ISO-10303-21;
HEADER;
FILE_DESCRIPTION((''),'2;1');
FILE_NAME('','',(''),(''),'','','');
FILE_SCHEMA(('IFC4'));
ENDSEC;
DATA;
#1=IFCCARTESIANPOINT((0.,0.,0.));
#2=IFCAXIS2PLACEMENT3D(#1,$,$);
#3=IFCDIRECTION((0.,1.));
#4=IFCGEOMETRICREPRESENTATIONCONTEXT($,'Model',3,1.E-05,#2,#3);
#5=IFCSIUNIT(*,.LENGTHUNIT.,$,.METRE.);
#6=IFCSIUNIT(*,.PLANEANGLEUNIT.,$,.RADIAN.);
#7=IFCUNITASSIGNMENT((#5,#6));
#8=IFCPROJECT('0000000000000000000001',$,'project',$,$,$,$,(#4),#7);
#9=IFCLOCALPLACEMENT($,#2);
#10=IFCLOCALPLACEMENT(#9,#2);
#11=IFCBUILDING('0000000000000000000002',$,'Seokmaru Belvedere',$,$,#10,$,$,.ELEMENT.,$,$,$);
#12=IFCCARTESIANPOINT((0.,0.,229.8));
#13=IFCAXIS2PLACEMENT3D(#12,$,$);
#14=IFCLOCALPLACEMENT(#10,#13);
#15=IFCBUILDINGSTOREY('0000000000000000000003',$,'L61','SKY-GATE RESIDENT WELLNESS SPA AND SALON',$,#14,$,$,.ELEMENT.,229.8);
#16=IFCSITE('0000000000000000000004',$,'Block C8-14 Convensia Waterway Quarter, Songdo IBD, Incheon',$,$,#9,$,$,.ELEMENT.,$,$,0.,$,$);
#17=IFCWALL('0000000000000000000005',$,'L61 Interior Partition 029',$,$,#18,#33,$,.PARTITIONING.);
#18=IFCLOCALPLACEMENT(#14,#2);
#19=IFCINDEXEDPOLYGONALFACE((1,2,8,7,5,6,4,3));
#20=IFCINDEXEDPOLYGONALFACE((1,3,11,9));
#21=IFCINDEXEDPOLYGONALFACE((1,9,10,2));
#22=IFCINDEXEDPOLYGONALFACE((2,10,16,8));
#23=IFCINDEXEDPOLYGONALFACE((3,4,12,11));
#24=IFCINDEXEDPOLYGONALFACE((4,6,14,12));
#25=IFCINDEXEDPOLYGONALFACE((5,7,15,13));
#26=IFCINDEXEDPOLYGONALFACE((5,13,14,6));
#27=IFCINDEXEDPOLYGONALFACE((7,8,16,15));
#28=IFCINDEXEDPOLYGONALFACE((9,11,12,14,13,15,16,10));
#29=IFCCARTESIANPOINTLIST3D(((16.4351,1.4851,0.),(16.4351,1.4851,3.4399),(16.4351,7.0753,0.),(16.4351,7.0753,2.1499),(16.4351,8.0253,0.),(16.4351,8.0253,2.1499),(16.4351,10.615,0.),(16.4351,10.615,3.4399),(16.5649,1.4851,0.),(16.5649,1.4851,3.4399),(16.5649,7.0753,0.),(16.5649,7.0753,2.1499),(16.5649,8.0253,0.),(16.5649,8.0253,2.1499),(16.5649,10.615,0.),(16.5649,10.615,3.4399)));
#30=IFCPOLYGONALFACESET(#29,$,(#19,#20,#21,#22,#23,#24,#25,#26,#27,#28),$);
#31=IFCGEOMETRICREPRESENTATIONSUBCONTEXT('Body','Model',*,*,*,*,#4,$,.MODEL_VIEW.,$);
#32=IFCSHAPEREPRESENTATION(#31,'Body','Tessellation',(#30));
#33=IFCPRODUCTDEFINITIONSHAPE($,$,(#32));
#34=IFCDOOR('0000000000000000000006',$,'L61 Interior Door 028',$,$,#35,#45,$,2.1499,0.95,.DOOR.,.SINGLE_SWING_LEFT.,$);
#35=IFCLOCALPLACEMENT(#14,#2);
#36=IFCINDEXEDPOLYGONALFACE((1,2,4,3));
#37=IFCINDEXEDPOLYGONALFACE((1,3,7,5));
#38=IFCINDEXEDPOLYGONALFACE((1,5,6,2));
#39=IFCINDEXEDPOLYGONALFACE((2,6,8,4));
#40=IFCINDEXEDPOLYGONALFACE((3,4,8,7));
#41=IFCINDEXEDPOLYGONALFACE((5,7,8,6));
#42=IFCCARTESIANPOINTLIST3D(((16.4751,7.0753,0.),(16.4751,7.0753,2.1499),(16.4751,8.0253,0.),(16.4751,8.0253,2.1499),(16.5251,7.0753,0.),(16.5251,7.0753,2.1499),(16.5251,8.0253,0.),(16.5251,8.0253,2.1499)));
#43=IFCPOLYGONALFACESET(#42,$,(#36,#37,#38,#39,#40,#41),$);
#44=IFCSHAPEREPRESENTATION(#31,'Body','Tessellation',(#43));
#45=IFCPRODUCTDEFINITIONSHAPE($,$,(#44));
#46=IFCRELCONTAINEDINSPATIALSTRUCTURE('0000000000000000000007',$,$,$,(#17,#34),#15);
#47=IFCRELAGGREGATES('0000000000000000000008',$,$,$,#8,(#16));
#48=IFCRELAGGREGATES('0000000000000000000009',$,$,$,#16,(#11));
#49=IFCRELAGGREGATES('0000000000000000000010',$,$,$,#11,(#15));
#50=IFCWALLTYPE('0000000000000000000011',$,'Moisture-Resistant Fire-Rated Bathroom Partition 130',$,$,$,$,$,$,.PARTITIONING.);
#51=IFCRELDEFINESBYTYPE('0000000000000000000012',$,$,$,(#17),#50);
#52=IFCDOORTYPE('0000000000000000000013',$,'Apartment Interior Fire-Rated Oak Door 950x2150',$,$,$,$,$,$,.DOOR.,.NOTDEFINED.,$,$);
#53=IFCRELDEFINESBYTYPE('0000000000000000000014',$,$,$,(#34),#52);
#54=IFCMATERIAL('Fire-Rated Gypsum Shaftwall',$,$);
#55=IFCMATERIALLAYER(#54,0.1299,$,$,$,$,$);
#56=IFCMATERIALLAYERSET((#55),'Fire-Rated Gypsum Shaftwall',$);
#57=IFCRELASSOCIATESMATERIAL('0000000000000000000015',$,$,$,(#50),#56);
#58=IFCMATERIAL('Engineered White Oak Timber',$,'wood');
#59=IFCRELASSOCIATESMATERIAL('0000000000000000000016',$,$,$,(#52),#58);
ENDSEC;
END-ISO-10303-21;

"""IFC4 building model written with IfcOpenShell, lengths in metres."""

from ifc_helpers import new_model, si_unit, direction, frame, frame_2d, origin, place, context, subcontext, project, spatial, rectangle, extrude, source, transform, mapped, material, layer, layer_set, type_object, type_shapes, element, fill, save


model = new_model("IFC4")

# Units and contexts
model_context = context("Model", 3, precision=1e-05, world=origin(), true_north=direction((0.0, 1.0)))
body_context = subcontext(model_context, "Body", "Model", "MODEL_VIEW")
ifc_project = project(units=[si_unit("LENGTHUNIT", "METRE"), si_unit("PLANEANGLEUNIT", "RADIAN")], contexts=[model_context])

# Site, building, storey
site_placement = place(None, origin())
site = spatial("IfcSite", under=ifc_project, at=site_placement, Name="Block C8-14 Convensia Waterway Quarter, Songdo IBD, Incheon", CompositionType="ELEMENT", RefElevation=0.0)
building_placement = place(site_placement, origin())
building = spatial("IfcBuilding", under=site, at=building_placement, Name="Seokmaru Belvedere", CompositionType="ELEMENT")
storey_placement = place(building_placement, frame((0.0, 0.0, 229.8)))
storey = spatial("IfcBuildingStorey", under=building, at=storey_placement, Name="L61", Description="SKY-GATE RESIDENT WELLNESS SPA AND SALON", CompositionType="ELEMENT", Elevation=229.8)

# Wall, opening, door
ifc_material_1 = material(Name="Fire-Rated Gypsum Shaftwall")
ifc_layer_1 = layer(ifc_material_1, 0.1299)
ifc_layer_set_1 = layer_set([ifc_layer_1], Name="Fire-Rated Gypsum Shaftwall")
wall_type_1 = type_object("IfcWallType", Name="Moisture-Resistant Fire-Rated Bathroom Partition 130", PredefinedType="PARTITIONING", material=ifc_layer_set_1)
wall_placement = place(storey_placement, frame((16.5, 1.4851, 0.0), z_axis=(0.0, 0.0, 1.0), x_axis=(0.0, 1.0, 0.0)))
wall = element("IfcWall", 1, at=wall_placement, inside=storey, type_object=wall_type_1, Name="L61 Interior Partition 029", PredefinedType="PARTITIONING", context=body_context, shape_type="SweptSolid", body=[
    extrude(rectangle(XDim=9.1299, YDim=0.1299, at=frame_2d((4.5649, 0.0))), origin(), (0.0, 0.0, 1.0), 3.4399),
])
opening_placement = place(wall_placement, frame((5.5901, 0.0, 0.0)))
opening = element("IfcOpeningElement", 2, at=opening_placement, cuts=wall, PredefinedType="OPENING", context=body_context, shape_type="SweptSolid", body=[
    extrude(rectangle(XDim=0.95, YDim=2.1499, at=frame_2d((0.4751, 1.075))), frame((0.0, 0.075, 0.0), z_axis=(0.0, -1.0, 0.0), x_axis=(1.0, 0.0, 0.0)), (0.0, 0.0, 1.0), 0.1499),
])
ifc_material_2 = material(Name="Engineered White Oak Timber", Category="wood")
door_type = type_object("IfcDoorType", Name="Apartment Interior Fire-Rated Oak Door 950x2150", OperationType="NOTDEFINED", PredefinedType="DOOR", material=ifc_material_2)
shared_shape_1 = source(origin(), body_context, "Body", "SweptSolid", [
    extrude(rectangle(XDim=0.95, YDim=2.1499, at=frame_2d((0.4751, 1.075))), frame((0.0, 0.0249, 0.0), z_axis=(0.0, -1.0, 0.0), x_axis=(1.0, 0.0, 0.0)), (0.0, 0.0, 1.0), 0.05),
])
type_shapes(door_type, [shared_shape_1])
door_placement = place(opening_placement, origin())
door = element("IfcDoor", 3, at=door_placement, inside=storey, type_object=door_type, Name="L61 Interior Door 028", OperationType="SINGLE_SWING_LEFT", OverallHeight=2.1499, OverallWidth=0.95, PredefinedType="DOOR", context=body_context, shape_type="MappedRepresentation", body=[
    mapped(shared_shape_1, transform((0.0, 0.0, 0.0), scale=1.0)),
])
fill(opening, door)

save(model, "model.ifc")
